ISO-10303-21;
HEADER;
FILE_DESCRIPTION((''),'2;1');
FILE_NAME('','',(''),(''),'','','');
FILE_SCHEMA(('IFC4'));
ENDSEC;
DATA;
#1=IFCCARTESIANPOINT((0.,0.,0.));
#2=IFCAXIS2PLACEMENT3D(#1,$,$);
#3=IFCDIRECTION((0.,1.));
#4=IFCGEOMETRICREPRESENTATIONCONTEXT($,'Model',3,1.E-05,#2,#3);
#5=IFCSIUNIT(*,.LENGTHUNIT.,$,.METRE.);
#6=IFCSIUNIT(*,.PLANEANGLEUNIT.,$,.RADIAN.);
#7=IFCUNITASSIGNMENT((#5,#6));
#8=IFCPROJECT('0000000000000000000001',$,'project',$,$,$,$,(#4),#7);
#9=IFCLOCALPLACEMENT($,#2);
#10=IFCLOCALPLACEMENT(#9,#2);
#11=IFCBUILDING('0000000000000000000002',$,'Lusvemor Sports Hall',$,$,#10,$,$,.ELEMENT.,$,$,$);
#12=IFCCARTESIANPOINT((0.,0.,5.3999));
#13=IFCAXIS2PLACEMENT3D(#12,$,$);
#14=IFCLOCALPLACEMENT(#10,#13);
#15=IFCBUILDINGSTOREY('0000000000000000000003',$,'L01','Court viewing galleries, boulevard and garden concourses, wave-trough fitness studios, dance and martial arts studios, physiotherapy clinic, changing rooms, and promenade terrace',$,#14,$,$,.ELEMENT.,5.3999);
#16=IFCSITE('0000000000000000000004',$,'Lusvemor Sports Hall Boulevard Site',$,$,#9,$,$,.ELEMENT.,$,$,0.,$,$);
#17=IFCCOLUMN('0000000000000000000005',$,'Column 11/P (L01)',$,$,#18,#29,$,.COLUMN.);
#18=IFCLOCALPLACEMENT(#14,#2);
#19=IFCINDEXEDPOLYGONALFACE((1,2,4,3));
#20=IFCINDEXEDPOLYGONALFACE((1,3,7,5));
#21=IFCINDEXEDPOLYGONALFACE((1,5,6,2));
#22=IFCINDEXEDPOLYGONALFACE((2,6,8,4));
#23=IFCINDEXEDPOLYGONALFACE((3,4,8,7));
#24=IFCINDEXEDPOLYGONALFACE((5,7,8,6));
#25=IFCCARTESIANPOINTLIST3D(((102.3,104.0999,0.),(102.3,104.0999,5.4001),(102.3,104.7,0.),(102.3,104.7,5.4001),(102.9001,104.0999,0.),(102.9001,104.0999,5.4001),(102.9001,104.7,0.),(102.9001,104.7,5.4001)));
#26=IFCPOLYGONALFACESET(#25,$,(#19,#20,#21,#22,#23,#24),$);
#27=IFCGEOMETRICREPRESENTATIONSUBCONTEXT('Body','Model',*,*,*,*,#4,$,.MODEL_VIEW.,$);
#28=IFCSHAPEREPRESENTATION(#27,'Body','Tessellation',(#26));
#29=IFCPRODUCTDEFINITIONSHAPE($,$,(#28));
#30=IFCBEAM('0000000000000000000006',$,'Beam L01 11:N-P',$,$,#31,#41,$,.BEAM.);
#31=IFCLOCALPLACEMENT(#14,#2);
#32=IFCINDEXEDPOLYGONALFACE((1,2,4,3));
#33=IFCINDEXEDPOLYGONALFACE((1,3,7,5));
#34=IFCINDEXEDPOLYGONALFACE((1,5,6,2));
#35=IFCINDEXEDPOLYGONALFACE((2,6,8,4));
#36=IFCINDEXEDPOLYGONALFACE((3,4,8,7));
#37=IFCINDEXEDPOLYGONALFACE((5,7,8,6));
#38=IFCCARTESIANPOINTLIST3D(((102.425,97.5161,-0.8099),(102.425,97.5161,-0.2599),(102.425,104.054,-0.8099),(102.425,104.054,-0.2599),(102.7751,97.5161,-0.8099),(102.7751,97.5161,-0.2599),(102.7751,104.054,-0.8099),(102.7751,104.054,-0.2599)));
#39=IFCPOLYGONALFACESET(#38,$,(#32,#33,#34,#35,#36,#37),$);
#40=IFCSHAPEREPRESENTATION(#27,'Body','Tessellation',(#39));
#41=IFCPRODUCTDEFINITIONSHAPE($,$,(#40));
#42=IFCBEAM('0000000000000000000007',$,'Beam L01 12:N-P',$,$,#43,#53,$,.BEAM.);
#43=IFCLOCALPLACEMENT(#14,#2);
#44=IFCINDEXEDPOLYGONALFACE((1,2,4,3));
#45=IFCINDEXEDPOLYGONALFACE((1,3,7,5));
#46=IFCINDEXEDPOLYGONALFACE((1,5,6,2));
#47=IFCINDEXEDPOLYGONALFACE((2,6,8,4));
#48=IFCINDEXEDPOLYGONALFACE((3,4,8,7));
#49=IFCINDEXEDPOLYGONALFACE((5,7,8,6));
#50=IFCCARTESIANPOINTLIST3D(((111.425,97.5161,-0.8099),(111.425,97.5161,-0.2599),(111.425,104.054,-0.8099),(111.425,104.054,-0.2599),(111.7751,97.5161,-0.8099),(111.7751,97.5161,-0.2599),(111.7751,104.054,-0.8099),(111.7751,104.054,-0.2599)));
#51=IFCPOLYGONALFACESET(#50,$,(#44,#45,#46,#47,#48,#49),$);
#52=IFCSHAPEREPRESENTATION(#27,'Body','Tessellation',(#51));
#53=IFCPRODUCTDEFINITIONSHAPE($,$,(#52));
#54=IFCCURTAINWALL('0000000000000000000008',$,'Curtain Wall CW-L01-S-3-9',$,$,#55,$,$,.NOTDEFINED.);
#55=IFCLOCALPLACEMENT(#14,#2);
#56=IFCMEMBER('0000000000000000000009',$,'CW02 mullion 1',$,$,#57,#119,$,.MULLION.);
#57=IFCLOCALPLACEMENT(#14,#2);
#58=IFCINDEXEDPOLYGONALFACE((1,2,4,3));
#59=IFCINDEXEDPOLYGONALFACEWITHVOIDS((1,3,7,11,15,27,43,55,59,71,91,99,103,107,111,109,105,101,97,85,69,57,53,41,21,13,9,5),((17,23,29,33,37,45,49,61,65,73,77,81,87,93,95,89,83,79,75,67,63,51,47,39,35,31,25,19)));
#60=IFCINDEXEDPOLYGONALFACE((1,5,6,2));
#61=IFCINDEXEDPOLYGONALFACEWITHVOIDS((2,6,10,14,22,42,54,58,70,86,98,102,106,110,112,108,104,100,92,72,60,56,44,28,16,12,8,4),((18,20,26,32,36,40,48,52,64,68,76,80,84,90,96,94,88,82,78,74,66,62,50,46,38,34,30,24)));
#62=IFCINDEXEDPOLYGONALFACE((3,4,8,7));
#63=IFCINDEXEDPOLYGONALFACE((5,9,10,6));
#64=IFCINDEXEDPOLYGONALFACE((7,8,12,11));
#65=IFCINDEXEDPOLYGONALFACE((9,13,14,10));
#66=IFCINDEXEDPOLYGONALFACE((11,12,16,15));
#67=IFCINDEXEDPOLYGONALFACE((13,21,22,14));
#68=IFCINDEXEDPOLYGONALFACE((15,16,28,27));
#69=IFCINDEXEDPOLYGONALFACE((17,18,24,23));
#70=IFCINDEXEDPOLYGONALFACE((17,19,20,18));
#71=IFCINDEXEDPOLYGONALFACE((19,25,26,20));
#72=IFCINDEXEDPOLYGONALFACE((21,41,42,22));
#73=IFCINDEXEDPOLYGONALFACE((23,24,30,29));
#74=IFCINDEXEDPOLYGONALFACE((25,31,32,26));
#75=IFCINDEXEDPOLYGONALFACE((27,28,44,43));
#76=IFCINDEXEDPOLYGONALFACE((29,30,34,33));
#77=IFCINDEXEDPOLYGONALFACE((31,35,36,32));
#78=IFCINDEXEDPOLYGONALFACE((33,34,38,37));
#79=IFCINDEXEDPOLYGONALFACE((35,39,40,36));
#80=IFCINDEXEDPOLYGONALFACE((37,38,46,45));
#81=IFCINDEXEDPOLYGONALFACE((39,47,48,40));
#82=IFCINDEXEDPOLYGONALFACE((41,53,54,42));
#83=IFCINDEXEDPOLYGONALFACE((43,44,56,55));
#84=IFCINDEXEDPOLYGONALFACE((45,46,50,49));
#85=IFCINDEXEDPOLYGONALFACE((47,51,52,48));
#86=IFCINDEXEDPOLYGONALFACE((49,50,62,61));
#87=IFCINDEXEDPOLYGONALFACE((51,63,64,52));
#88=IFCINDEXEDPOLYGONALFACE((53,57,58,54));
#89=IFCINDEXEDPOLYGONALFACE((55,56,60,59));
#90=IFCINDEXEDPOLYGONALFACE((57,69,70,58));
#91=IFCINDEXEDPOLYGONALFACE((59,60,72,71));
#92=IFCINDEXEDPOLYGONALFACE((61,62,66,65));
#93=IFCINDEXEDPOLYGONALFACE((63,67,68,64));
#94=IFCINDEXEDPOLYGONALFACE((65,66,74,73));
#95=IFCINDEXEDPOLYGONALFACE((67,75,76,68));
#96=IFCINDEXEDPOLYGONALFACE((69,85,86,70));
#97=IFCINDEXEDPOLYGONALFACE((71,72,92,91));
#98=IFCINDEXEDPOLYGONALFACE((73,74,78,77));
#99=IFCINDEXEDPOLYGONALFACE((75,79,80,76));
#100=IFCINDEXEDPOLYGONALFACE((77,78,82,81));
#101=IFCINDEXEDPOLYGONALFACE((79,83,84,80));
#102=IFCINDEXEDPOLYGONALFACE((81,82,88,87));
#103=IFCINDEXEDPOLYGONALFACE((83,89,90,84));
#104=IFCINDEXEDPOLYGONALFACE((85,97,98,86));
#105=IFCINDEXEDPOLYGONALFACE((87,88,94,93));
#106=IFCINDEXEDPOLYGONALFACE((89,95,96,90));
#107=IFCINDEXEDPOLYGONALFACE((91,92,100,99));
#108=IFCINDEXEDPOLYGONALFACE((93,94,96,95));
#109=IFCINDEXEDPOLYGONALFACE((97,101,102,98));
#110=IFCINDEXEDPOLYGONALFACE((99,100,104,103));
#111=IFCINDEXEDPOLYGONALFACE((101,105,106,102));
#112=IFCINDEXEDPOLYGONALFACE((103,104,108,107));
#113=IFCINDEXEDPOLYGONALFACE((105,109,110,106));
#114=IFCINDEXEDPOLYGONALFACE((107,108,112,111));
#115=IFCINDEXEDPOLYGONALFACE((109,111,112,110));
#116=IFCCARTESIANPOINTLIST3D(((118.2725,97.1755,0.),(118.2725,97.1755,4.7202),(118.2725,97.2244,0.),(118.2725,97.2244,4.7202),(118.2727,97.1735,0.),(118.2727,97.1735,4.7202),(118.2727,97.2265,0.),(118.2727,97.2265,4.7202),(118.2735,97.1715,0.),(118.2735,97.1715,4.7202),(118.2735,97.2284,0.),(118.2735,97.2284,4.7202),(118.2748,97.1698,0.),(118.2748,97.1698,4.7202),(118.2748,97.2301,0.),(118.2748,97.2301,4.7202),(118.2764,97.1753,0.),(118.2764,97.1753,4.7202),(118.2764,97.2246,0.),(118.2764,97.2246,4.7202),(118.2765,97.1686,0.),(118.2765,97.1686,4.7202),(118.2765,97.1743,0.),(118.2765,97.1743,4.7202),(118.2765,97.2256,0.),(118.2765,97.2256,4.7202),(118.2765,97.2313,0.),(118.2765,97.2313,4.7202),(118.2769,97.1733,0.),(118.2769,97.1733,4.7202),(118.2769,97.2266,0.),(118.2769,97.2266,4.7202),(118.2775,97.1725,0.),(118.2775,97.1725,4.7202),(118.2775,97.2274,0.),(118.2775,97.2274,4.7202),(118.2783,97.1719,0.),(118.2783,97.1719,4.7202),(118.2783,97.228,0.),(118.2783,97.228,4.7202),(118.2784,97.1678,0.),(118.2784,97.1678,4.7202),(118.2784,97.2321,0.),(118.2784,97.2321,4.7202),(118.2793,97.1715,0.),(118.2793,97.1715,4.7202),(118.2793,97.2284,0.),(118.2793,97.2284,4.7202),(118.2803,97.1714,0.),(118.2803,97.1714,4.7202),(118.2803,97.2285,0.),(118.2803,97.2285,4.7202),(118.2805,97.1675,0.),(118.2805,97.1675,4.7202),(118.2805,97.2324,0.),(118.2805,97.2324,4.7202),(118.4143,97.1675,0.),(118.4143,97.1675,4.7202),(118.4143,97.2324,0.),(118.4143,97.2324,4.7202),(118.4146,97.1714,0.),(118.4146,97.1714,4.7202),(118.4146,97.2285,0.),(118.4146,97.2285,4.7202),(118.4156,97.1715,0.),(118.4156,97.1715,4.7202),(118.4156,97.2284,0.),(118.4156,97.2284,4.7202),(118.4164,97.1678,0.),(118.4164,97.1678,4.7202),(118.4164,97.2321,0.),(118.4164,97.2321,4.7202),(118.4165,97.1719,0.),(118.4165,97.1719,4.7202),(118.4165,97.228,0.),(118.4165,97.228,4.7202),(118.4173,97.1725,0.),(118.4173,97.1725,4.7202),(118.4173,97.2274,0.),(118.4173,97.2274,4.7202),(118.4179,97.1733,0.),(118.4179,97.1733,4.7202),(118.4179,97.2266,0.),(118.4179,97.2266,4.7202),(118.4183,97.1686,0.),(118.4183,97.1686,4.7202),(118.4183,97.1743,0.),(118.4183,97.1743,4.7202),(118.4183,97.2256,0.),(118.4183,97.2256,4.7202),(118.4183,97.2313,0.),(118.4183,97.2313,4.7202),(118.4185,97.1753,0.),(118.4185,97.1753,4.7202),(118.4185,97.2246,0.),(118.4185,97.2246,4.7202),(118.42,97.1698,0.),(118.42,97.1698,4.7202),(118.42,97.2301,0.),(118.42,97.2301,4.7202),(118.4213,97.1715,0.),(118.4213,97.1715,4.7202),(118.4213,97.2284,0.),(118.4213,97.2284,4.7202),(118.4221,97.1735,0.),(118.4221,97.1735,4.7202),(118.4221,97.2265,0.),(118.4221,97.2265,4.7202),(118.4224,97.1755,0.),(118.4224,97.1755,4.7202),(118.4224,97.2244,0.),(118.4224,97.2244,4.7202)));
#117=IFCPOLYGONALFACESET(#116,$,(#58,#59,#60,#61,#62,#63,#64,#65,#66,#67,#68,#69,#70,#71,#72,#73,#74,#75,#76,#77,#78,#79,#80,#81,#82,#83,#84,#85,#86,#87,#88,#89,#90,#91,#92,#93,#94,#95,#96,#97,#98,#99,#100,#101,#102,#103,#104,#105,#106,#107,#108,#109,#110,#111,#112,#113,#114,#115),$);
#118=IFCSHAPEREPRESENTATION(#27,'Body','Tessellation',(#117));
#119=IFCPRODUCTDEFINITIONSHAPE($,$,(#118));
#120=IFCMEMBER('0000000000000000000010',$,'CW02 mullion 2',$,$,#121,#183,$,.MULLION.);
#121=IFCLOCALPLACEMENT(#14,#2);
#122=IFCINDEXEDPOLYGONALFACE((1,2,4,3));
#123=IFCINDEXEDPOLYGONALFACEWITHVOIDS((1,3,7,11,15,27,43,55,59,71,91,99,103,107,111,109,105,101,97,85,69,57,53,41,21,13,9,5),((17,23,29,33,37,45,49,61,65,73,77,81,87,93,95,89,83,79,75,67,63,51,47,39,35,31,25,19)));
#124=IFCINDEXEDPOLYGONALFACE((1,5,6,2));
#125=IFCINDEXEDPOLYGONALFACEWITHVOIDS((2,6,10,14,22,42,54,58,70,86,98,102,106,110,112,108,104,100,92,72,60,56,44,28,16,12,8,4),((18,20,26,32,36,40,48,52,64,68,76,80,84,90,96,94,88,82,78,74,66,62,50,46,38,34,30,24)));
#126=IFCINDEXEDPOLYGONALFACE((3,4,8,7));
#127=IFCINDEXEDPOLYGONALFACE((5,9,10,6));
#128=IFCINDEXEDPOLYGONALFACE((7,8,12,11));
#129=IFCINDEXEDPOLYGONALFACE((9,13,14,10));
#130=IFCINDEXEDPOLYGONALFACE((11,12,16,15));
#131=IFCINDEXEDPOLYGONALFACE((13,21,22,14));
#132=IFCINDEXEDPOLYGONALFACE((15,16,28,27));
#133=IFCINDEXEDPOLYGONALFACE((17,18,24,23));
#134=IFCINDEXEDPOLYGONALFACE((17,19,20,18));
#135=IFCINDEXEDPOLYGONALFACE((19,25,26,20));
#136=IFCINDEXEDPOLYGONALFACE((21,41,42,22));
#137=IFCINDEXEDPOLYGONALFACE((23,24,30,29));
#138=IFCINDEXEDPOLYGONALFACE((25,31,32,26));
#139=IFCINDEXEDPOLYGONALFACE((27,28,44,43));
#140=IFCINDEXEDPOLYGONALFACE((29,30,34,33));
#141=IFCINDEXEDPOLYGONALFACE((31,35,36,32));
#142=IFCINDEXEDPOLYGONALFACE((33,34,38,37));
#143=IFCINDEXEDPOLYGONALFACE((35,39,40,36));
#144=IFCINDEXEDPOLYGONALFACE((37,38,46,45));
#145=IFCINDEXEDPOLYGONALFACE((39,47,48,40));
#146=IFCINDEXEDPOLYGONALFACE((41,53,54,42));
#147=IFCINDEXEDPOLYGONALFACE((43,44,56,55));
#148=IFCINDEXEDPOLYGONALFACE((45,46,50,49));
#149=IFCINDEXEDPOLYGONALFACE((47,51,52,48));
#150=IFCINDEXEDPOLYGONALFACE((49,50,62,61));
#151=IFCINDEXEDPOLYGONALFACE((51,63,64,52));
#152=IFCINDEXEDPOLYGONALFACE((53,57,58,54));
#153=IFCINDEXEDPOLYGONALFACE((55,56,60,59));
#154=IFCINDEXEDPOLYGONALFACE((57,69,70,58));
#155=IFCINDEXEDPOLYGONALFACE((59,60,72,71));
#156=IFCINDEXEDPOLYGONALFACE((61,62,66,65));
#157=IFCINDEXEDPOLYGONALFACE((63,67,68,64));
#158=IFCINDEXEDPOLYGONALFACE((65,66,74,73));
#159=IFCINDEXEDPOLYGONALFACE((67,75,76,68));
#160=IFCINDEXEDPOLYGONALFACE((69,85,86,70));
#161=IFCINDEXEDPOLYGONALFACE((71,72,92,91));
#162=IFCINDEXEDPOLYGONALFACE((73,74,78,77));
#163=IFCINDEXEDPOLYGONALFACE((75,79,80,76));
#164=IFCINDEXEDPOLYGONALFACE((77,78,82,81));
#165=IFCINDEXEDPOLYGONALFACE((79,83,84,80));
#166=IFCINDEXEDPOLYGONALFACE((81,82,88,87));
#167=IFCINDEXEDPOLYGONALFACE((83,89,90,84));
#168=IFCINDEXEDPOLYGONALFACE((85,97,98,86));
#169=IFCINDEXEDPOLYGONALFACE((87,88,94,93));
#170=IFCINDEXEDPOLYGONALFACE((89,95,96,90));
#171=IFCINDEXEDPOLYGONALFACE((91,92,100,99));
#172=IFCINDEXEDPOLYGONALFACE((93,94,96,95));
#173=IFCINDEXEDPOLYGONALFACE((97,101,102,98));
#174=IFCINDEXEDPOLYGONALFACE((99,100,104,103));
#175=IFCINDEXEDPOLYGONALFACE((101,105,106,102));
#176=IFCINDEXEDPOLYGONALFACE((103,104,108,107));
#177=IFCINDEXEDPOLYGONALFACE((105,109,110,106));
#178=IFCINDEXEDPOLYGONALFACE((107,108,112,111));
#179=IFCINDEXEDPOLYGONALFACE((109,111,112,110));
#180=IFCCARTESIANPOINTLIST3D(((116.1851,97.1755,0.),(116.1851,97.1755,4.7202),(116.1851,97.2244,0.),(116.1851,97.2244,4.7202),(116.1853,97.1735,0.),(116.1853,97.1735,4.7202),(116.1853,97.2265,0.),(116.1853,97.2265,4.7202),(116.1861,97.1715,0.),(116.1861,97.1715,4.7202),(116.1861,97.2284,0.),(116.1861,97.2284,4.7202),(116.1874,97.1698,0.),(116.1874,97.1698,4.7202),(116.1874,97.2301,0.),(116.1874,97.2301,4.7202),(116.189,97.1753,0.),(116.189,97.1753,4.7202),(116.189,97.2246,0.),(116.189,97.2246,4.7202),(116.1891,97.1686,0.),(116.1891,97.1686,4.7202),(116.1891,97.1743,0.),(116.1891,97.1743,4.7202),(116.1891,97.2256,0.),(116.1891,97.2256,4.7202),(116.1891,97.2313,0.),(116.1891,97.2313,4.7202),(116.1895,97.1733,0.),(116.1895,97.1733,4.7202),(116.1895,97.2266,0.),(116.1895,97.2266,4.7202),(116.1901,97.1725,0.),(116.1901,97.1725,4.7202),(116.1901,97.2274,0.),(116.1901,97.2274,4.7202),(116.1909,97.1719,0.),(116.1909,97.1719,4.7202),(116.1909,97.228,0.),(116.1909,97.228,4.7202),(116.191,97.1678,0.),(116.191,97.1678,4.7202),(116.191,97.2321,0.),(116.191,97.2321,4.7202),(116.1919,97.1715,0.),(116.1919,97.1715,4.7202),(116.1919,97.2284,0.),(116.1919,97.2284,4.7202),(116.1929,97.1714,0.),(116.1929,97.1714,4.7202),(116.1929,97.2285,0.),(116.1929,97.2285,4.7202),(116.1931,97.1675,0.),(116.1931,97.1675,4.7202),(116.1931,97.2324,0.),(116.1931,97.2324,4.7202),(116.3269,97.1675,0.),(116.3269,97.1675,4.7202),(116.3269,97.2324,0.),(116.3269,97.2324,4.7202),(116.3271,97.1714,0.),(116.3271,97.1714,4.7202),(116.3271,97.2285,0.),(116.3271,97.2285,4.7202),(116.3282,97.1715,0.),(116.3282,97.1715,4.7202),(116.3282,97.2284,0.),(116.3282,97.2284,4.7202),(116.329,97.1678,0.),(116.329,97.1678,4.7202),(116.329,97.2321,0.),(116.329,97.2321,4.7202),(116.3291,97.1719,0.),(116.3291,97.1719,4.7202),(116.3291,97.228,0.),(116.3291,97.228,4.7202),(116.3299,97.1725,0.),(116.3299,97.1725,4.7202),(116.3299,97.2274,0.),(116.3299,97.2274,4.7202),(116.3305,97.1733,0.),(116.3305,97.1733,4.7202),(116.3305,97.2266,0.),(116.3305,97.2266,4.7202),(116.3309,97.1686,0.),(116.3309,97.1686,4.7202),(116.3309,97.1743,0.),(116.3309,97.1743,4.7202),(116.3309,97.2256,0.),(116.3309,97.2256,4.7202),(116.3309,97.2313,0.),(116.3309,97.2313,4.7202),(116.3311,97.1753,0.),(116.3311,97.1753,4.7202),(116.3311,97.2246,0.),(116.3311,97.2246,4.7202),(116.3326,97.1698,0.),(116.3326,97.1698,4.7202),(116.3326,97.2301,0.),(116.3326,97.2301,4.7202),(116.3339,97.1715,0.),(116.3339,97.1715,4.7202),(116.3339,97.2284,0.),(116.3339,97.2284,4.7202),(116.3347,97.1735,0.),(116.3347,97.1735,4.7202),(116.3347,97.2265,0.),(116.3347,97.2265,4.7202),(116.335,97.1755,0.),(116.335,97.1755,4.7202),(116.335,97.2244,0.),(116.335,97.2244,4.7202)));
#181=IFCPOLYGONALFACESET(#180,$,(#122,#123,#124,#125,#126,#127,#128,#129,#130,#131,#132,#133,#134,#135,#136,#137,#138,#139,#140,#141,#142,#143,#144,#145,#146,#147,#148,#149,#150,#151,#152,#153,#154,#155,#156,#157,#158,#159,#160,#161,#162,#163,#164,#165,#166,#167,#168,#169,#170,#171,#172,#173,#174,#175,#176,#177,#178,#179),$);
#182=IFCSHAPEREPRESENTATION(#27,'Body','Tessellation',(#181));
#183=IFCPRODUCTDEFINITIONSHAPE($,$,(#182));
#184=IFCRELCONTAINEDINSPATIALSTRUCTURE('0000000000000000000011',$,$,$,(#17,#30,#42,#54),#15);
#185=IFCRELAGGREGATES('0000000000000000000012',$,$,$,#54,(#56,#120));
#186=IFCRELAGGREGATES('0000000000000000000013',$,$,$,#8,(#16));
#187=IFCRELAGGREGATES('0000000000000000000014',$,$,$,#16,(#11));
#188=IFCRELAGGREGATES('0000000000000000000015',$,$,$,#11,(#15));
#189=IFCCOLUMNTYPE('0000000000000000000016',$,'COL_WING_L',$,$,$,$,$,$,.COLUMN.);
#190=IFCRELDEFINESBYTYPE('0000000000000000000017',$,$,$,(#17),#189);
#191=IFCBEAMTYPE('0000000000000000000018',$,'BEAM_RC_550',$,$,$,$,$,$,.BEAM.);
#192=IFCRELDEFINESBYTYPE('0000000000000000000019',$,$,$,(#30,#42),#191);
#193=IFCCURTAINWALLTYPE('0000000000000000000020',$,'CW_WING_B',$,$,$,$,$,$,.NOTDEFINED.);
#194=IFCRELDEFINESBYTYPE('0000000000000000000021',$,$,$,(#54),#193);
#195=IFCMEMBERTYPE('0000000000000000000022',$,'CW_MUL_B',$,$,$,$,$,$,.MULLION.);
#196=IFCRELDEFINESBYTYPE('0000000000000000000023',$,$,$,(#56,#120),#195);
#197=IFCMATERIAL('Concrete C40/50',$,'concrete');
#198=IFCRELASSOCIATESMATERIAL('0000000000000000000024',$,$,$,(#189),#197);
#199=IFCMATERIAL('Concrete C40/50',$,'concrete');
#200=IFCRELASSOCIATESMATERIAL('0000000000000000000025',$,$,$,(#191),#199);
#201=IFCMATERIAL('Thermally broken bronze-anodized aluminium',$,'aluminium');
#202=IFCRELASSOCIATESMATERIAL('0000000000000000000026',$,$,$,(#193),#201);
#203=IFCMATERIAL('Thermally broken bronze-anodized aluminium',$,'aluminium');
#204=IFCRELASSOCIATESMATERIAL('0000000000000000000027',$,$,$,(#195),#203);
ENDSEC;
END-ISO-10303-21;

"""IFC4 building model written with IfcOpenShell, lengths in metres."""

from ifc_helpers import new_model, si_unit, direction, frame, origin, origin_2d, place, context, subcontext, project, spatial, rectangle, hollow_rectangle, extrude, material, material_profile, profile_set, type_object, element, aggregate, save


model = new_model("IFC4")

# Units and contexts
model_context = context("Model", 3, precision=1e-05, world=origin(), true_north=direction((0.0, 1.0)))
body_context = subcontext(model_context, "Body", "Model", "MODEL_VIEW")
ifc_project = project(units=[si_unit("LENGTHUNIT", "METRE"), si_unit("PLANEANGLEUNIT", "RADIAN")], contexts=[model_context])

# Site, building, storey
site_placement = place(None, origin())
site = spatial("IfcSite", under=ifc_project, at=site_placement, Name="Lusvemor Sports Hall Boulevard Site", CompositionType="ELEMENT", RefElevation=0.0)
building_placement = place(site_placement, origin())
building = spatial("IfcBuilding", under=site, at=building_placement, Name="Lusvemor Sports Hall", CompositionType="ELEMENT")
storey_placement = place(building_placement, frame((0.0, 0.0, 5.3999)))
storey = spatial("IfcBuildingStorey", under=building, at=storey_placement, Name="L01", Description="Court viewing galleries, boulevard and garden concourses, wave-trough fitness studios, dance and martial arts studios, physiotherapy clinic, changing rooms, and promenade terrace", CompositionType="ELEMENT", Elevation=5.3999)

# Column
ifc_material_1 = material(Name="Concrete C40/50", Category="concrete")
ifc_material_profile_1 = material_profile(ifc_material_1, rectangle(XDim=0.6001, YDim=0.6001, at=origin_2d()), Name="RC600x600")
ifc_profile_set_1 = profile_set([ifc_material_profile_1], Name="Concrete C40/50")
column_type = type_object("IfcColumnType", Name="COL_WING_L", PredefinedType="COLUMN", material=ifc_profile_set_1)
column_placement = place(storey_placement, frame((102.6001, 104.3999, 0.0), z_axis=(0.0, 0.0, 1.0), x_axis=(1.0, 0.0, 0.0)))
element("IfcColumn", 1, at=column_placement, inside=storey, type_object=column_type, Name="Column 11/P (L01)", PredefinedType="COLUMN", context=body_context, shape_type="SweptSolid", body=[
    extrude(rectangle(XDim=0.6001, YDim=0.6001, at=origin_2d()), origin(), (0.0, 0.0, 1.0), 5.4001),
])

# Beams
ifc_material_2 = material(Name="Concrete C40/50", Category="concrete")
ifc_material_profile_2 = material_profile(ifc_material_2, rectangle(XDim=0.3501, YDim=0.55, at=origin_2d()), Name="RC350x550")
ifc_profile_set_2 = profile_set([ifc_material_profile_2], Name="Concrete C40/50")
beam_type_1 = type_object("IfcBeamType", Name="BEAM_RC_550", PredefinedType="BEAM", material=ifc_profile_set_2)
for number, where, z_axis, x_axis, name in (
    (2, (102.6001, 97.5161, -0.5349), (0.0, 1.0, 0.0), (-1.0, 0.0, 0.0), "Beam L01 11:N-P"),
    (3, (111.6001, 97.5161, -0.5349), (0.0, 1.0, 0.0), (-1.0, 0.0, 0.0), "Beam L01 12:N-P"),
):
    element("IfcBeam", number, at=place(storey_placement, frame(where, z_axis=z_axis, x_axis=x_axis)), inside=storey, type_object=beam_type_1, Name=name, PredefinedType="BEAM", context=body_context, shape_type="SweptSolid", body=[
        extrude(rectangle(XDim=0.3501, YDim=0.55, at=origin_2d()), origin(), (0.0, 0.0, 1.0), 6.5378),
    ])

# Curtain wall, members
ifc_material_3 = material(Name="Thermally broken bronze-anodized aluminium", Category="aluminium")
curtain_wall_type = type_object("IfcCurtainWallType", Name="CW_WING_B", PredefinedType="NOTDEFINED", material=ifc_material_3)
curtain_wall_placement = place(storey_placement, origin())
curtain_wall = element("IfcCurtainWall", 4, at=curtain_wall_placement, inside=storey, type_object=curtain_wall_type, Name="Curtain Wall CW-L01-S-3-9", PredefinedType="NOTDEFINED")
ifc_material_4 = material(Name="Thermally broken bronze-anodized aluminium", Category="aluminium")
ifc_material_profile_3 = material_profile(ifc_material_4, hollow_rectangle(XDim=0.0649, YDim=0.1499, WallThickness=0.0039, InnerFilletRadius=0.0039, OuterFilletRadius=0.0081, at=origin_2d()), Name="CWMUL150x65x4")
ifc_profile_set_3 = profile_set([ifc_material_profile_3], Name="Thermally broken bronze-anodized aluminium")
member_type_1 = type_object("IfcMemberType", Name="CW_MUL_B", PredefinedType="MULLION", material=ifc_profile_set_3)
member_1_placement = place(storey_placement, frame((118.3474, 97.2, 0.0), z_axis=(0.0, 0.0, 1.0), x_axis=(0.0, -1.0, 0.0)))
member_1 = element("IfcMember", 5, at=member_1_placement, type_object=member_type_1, Name="CW02 mullion 1", PredefinedType="MULLION", context=body_context, shape_type="SweptSolid", body=[
    extrude(hollow_rectangle(XDim=0.0649, YDim=0.1499, WallThickness=0.0039, InnerFilletRadius=0.0039, OuterFilletRadius=0.0081, at=origin_2d()), origin(), (0.0, 0.0, 1.0), 4.7202),
])
member_2_placement = place(storey_placement, frame((116.26, 97.2, 0.0), z_axis=(0.0, 0.0, 1.0), x_axis=(0.0, -1.0, 0.0)))
member_2 = element("IfcMember", 6, at=member_2_placement, type_object=member_type_1, Name="CW02 mullion 2", PredefinedType="MULLION", context=body_context, shape_type="SweptSolid", body=[
    extrude(hollow_rectangle(XDim=0.0649, YDim=0.1499, WallThickness=0.0039, InnerFilletRadius=0.0039, OuterFilletRadius=0.0081, at=origin_2d()), origin(), (0.0, 0.0, 1.0), 4.7202),
])

aggregate(curtain_wall, [member_1, member_2])

save(model, "model.ifc")
